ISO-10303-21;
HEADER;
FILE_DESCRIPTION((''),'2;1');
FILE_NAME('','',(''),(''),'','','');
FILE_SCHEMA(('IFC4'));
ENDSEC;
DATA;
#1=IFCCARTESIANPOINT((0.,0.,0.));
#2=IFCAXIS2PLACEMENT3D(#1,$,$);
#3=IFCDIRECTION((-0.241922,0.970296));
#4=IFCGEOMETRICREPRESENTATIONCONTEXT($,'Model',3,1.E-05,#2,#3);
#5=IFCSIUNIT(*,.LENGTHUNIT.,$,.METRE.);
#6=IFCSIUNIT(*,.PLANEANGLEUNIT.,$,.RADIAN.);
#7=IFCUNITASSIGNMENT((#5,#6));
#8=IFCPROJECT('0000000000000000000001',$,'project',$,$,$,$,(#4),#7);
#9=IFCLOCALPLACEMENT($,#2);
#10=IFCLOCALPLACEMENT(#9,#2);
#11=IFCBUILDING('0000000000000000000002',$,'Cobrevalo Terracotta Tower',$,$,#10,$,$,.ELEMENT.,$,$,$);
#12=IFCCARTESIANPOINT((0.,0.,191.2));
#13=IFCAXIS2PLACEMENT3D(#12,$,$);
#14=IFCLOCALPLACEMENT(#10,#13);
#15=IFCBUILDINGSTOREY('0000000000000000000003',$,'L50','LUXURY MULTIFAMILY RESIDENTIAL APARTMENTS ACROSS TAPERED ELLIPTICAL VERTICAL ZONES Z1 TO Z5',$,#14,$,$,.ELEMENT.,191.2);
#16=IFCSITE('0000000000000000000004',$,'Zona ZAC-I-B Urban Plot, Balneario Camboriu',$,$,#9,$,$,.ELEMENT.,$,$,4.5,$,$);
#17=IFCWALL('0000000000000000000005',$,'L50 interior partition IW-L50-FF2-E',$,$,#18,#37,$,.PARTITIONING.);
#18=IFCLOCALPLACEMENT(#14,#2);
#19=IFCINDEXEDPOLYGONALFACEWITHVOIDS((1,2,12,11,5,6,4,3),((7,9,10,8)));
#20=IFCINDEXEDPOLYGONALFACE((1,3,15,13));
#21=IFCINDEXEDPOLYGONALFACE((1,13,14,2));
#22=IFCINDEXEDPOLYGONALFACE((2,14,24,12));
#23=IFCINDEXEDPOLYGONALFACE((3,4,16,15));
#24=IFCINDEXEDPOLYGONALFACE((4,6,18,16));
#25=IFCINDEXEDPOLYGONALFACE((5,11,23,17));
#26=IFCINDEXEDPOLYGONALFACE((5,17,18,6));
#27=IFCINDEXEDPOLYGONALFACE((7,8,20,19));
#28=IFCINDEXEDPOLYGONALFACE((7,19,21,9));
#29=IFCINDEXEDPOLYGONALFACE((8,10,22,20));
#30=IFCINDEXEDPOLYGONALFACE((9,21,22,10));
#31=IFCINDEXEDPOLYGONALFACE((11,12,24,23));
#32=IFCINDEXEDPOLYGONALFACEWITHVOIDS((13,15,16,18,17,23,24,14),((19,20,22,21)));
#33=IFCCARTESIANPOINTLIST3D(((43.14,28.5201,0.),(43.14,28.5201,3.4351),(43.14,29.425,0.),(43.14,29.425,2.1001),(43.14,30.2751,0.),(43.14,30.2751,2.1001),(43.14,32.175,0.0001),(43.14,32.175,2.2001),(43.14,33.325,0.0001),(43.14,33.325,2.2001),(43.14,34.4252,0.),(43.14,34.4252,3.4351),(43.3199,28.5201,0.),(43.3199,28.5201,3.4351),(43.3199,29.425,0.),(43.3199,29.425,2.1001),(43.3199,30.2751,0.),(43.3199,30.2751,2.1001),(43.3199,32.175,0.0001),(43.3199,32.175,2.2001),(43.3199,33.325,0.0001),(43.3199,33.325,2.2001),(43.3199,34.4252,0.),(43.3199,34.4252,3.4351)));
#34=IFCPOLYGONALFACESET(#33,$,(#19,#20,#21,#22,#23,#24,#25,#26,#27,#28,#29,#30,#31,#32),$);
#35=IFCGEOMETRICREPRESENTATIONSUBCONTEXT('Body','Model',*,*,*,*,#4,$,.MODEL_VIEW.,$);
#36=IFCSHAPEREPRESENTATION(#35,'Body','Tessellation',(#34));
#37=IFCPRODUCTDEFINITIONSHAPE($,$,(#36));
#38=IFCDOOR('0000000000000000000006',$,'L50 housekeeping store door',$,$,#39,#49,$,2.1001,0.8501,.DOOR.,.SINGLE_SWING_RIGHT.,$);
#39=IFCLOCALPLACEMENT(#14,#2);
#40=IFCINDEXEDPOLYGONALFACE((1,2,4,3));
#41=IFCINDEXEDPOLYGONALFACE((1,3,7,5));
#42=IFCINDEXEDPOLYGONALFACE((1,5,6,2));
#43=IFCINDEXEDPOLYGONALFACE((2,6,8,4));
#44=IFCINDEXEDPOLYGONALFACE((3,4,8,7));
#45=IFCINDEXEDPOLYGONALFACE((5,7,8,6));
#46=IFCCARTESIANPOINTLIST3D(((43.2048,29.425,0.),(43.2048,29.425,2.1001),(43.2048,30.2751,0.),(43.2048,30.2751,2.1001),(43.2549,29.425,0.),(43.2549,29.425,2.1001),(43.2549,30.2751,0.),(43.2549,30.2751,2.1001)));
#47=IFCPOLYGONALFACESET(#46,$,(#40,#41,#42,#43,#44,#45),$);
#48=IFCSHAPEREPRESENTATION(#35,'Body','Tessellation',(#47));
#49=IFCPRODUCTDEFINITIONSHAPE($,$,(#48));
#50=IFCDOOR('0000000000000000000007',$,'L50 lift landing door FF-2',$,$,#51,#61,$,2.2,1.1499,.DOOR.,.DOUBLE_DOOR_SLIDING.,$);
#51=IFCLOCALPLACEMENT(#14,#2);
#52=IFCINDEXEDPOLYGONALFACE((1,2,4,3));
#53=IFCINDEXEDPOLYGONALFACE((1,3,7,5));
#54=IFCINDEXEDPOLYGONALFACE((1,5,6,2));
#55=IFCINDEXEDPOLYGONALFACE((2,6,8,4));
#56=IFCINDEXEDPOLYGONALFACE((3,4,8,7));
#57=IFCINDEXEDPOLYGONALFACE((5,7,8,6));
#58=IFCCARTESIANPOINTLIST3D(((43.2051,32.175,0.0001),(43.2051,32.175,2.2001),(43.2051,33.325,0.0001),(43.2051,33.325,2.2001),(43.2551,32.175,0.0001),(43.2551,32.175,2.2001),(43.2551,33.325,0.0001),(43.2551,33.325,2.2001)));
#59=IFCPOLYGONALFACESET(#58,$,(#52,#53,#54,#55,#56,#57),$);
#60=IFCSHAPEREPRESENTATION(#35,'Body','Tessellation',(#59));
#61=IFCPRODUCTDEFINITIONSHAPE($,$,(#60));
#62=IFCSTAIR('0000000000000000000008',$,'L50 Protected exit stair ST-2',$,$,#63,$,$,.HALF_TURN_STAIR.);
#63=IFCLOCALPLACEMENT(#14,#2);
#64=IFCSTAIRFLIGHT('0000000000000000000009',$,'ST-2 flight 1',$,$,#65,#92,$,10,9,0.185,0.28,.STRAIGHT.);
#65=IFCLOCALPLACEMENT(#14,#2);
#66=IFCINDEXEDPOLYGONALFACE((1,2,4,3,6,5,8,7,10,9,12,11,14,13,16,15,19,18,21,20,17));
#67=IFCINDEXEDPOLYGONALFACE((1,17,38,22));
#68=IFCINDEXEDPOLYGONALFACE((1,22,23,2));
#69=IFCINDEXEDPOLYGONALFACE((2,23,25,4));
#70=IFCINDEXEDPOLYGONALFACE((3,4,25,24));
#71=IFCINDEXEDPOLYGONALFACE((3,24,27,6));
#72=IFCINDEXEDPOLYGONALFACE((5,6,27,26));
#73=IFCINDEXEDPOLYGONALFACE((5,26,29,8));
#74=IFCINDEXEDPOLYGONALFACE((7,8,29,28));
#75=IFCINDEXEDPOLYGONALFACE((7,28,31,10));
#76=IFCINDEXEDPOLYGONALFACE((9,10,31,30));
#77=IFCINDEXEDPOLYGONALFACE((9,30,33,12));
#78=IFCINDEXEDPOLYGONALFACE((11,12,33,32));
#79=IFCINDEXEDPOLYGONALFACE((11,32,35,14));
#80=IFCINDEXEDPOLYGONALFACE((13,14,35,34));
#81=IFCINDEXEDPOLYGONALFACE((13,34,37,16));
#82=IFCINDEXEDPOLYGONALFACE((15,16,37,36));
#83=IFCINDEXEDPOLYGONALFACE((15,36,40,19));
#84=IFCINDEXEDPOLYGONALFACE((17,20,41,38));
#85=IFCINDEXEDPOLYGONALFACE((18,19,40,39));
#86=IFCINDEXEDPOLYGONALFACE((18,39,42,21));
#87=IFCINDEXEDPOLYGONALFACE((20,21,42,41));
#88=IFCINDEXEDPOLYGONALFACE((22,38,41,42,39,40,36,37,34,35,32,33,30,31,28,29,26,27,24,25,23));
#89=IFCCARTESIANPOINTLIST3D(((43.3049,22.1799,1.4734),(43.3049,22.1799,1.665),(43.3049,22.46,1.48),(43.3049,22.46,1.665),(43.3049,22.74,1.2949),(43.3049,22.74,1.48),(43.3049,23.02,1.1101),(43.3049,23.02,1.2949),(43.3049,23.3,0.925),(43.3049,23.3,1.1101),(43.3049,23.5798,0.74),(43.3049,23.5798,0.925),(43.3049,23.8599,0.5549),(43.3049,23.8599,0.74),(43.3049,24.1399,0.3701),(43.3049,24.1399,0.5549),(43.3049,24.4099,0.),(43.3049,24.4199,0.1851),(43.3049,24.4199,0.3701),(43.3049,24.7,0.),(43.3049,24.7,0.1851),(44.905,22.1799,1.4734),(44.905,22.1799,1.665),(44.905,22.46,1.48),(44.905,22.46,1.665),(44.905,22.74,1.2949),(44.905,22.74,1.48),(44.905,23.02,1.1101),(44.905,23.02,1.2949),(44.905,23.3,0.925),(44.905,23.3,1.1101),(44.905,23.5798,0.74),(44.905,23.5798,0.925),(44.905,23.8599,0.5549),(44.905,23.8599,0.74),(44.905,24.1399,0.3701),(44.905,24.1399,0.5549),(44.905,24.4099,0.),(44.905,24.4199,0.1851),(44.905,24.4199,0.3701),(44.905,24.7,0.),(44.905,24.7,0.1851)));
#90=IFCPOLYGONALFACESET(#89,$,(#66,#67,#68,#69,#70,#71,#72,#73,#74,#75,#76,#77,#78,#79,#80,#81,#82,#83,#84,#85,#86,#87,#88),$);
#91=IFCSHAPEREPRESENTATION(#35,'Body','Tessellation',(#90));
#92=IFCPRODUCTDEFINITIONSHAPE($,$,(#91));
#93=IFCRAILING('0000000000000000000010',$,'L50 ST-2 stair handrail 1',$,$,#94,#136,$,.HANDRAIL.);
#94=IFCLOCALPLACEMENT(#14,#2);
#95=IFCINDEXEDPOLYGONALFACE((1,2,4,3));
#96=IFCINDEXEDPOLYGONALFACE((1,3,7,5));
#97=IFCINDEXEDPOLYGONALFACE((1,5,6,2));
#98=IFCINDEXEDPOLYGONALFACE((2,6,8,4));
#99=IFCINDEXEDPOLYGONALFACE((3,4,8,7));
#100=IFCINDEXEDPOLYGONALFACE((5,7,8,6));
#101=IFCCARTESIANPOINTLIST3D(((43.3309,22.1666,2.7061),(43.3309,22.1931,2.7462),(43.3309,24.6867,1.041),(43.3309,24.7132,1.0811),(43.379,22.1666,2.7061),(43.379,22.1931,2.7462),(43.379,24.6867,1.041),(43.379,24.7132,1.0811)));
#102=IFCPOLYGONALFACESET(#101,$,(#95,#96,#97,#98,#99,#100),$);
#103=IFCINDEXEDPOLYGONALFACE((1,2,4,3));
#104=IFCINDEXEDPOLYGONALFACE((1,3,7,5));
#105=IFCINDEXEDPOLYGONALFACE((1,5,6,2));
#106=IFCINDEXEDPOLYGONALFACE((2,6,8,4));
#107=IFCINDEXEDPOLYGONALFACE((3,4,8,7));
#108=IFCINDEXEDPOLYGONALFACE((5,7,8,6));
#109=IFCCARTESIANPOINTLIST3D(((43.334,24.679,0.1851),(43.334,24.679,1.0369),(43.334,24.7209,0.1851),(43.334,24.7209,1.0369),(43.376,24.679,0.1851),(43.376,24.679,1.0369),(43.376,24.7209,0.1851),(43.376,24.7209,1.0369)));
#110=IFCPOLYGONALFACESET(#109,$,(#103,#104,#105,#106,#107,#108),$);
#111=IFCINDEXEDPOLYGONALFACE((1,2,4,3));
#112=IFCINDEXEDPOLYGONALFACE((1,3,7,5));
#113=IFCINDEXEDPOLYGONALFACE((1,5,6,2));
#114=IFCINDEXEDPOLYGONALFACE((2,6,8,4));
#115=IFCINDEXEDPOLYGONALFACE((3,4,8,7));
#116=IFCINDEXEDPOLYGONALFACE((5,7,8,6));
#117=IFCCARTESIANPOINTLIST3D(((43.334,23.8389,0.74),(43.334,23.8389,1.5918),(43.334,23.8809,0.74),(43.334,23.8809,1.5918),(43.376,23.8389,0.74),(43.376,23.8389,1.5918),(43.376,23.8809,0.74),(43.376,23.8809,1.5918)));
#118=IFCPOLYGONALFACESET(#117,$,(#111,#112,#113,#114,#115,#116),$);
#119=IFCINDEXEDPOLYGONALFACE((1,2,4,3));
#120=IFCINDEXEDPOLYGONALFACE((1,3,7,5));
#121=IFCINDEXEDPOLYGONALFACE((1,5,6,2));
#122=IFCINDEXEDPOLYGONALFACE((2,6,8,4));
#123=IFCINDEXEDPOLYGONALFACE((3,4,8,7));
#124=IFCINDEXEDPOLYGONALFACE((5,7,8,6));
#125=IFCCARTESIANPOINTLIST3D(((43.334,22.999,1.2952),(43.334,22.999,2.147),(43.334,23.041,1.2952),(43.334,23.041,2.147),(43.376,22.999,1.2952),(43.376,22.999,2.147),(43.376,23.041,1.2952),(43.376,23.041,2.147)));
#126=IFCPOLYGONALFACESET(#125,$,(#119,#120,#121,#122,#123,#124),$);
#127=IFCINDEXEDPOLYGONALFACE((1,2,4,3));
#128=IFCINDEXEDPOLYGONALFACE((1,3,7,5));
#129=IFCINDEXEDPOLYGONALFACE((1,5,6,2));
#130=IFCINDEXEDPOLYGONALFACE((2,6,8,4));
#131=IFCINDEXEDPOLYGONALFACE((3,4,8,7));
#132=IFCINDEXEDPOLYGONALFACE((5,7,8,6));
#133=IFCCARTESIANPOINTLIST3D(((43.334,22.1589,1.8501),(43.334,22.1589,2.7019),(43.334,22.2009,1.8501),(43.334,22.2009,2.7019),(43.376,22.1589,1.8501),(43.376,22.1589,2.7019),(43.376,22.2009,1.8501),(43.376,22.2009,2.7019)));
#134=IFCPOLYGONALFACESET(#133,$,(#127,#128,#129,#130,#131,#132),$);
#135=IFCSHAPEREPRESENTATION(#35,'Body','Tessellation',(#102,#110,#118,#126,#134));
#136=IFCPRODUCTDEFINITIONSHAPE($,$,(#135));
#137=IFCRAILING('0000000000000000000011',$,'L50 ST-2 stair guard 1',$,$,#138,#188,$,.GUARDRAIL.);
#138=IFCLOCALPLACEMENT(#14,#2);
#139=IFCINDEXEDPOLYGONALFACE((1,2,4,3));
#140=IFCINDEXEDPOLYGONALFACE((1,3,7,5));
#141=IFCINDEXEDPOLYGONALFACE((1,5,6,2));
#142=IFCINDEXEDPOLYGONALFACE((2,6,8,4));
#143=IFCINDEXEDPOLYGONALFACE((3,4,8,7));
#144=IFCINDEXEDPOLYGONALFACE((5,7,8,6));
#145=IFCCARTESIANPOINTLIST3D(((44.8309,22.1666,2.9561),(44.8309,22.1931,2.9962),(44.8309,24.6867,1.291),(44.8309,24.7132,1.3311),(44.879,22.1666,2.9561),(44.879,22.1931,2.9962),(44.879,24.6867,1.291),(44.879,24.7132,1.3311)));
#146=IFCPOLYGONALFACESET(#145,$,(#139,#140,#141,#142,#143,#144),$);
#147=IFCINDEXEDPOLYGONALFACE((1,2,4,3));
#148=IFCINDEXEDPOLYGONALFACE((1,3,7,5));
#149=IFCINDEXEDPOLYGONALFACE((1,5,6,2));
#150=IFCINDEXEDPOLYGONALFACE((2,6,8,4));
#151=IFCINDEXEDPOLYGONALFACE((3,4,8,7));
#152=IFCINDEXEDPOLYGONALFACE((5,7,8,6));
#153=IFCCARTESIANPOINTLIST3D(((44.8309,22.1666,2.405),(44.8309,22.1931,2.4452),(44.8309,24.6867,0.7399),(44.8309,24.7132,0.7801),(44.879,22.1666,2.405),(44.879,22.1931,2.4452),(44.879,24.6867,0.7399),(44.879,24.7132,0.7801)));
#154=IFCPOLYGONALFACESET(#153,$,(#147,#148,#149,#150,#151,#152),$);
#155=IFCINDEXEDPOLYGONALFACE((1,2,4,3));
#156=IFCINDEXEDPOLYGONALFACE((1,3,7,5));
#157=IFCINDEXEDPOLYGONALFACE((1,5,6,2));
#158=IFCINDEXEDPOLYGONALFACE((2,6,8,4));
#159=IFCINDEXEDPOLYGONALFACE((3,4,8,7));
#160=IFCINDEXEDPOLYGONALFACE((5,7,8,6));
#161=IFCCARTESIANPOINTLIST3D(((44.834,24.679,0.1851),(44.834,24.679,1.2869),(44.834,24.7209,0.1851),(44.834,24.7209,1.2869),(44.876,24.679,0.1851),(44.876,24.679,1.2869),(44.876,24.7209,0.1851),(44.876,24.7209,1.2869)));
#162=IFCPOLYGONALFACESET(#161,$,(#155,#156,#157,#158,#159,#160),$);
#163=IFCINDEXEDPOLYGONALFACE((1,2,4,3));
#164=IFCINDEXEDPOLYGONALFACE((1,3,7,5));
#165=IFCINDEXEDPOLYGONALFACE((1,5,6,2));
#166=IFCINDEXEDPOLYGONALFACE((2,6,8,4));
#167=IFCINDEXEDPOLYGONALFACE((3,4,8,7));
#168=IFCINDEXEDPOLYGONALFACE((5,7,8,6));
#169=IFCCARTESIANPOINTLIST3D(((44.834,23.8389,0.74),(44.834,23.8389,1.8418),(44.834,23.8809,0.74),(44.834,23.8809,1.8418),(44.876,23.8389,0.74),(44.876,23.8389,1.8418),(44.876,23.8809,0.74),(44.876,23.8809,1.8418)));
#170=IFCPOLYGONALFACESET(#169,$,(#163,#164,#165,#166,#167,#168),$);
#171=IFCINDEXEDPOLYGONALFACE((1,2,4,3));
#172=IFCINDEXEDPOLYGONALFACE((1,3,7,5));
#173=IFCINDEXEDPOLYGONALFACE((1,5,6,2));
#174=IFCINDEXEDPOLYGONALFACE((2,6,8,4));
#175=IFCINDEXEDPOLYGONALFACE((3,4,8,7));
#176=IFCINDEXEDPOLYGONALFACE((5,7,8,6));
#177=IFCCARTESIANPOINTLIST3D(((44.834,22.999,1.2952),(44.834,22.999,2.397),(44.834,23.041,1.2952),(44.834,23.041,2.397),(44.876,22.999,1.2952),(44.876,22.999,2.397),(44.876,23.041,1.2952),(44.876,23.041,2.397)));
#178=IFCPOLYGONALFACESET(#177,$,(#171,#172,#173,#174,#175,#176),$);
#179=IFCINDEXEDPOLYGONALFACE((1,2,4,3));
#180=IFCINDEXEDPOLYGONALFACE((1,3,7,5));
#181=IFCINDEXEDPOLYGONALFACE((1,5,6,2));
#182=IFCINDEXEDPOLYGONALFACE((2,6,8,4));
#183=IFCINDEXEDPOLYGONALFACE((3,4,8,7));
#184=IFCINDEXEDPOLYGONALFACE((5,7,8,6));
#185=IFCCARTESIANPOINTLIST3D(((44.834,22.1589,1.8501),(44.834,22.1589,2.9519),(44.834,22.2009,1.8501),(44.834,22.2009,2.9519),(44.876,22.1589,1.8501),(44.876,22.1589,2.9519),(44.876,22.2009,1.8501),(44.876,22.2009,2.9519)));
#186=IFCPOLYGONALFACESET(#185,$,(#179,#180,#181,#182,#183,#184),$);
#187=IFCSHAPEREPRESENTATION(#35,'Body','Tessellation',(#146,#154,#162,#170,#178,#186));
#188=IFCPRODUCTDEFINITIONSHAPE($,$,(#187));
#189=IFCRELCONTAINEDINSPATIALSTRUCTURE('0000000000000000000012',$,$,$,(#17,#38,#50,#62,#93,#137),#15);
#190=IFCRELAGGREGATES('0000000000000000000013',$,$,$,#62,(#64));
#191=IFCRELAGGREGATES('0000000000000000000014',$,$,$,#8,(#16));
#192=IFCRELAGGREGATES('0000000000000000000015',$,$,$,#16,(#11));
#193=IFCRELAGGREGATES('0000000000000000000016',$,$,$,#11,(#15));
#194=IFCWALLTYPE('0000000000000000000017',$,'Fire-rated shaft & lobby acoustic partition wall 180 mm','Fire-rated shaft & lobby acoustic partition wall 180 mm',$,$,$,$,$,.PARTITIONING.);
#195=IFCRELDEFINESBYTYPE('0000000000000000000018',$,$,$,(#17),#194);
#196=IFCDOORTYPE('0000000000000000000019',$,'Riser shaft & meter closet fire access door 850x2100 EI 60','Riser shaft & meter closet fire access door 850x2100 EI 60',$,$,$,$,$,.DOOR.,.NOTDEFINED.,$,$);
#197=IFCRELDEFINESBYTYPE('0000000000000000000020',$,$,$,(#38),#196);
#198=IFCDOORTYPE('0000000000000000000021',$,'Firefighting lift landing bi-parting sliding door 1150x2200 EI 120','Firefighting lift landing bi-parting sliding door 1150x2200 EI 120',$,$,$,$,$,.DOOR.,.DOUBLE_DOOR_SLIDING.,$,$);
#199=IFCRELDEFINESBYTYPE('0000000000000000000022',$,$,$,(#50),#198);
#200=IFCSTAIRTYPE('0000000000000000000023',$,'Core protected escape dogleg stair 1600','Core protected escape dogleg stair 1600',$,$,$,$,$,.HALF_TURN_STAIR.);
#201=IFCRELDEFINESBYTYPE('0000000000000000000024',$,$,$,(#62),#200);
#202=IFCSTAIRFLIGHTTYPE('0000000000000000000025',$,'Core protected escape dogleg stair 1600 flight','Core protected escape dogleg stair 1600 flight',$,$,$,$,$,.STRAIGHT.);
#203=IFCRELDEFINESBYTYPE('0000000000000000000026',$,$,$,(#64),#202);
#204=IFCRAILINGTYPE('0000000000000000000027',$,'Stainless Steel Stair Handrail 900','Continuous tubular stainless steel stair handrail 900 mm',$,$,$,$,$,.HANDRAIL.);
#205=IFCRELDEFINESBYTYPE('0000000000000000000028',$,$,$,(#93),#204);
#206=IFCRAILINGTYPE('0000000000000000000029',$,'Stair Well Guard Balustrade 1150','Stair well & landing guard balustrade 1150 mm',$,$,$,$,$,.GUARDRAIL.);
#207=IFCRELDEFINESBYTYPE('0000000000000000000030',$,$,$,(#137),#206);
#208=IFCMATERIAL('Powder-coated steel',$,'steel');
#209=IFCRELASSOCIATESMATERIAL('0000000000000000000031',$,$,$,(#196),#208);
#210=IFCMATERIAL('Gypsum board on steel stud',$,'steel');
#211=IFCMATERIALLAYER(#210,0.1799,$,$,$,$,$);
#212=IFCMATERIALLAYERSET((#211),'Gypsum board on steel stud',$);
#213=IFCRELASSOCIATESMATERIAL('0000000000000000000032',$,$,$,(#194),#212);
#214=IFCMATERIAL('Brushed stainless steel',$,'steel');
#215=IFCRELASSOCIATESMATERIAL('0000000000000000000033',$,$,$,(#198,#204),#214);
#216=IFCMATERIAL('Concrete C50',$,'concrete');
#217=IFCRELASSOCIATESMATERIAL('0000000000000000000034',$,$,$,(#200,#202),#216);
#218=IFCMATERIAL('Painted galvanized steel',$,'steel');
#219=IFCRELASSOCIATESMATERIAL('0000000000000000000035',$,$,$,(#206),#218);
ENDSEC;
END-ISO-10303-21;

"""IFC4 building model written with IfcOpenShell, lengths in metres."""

from ifc_helpers import new_model, si_unit, direction, frame, frame_2d, origin, origin_2d, place, context, subcontext, project, spatial, polyline, rectangle, outline, extrude, source, transform, mapped, material, layer, layer_set, type_object, element, fill, aggregate, save


model = new_model("IFC4")

# Units and contexts
model_context = context("Model", 3, precision=1e-05, world=origin(), true_north=direction((-0.241922, 0.970296)))
body_context = subcontext(model_context, "Body", "Model", "MODEL_VIEW")
ifc_project = project(units=[si_unit("LENGTHUNIT", "METRE"), si_unit("PLANEANGLEUNIT", "RADIAN")], contexts=[model_context])

# Site, building, storey
site_placement = place(None, origin())
site = spatial("IfcSite", under=ifc_project, at=site_placement, Name="Zona ZAC-I-B Urban Plot, Balneario Camboriu", CompositionType="ELEMENT", RefElevation=4.5)
building_placement = place(site_placement, origin())
building = spatial("IfcBuilding", under=site, at=building_placement, Name="Cobrevalo Terracotta Tower", CompositionType="ELEMENT")
storey_placement = place(building_placement, frame((0.0, 0.0, 191.2)))
storey = spatial("IfcBuildingStorey", under=building, at=storey_placement, Name="L50", Description="LUXURY MULTIFAMILY RESIDENTIAL APARTMENTS ACROSS TAPERED ELLIPTICAL VERTICAL ZONES Z1 TO Z5", CompositionType="ELEMENT", Elevation=191.2)

# Shared definitions
ifc_material_1 = material(Name="Gypsum board on steel stud", Category="steel")

# Shared definitions
ifc_material_2 = material(Name="Powder-coated steel", Category="steel")
door_type_1 = type_object("IfcDoorType", Name="Riser shaft & meter closet fire access door 850x2100 EI 60", Description="Riser shaft & meter closet fire access door 850x2100 EI 60", OperationType="NOTDEFINED", PredefinedType="DOOR", material=ifc_material_2)
shared_shape_1 = source(origin(), body_context, "Body", "SweptSolid", [
    extrude(rectangle(XDim=0.8501, YDim=2.1001, at=frame_2d((0.425, 1.05))), frame((0.0, 0.0249, 0.0), z_axis=(0.0, -1.0, 0.0), x_axis=(1.0, 0.0, 0.0)), (0.0, 0.0, 1.0), 0.05),
])

# Shared definitions
ifc_material_3 = material(Name="Brushed stainless steel", Category="steel")

# Shared definitions
ifc_layer_1 = layer(ifc_material_1, 0.1799)
ifc_layer_set_1 = layer_set([ifc_layer_1], Name="Gypsum board on steel stud")
wall_type_1 = type_object("IfcWallType", Name="Fire-rated shaft & lobby acoustic partition wall 180 mm", Description="Fire-rated shaft & lobby acoustic partition wall 180 mm", PredefinedType="PARTITIONING", material=ifc_layer_set_1)

# Wall, openings, doors
wall_1_placement = place(storey_placement, frame((43.23, 28.52, 0.0), z_axis=(0.0, 0.0, 1.0), x_axis=(0.0, 1.0, 0.0)))
wall_1 = element("IfcWall", 1, at=wall_1_placement, inside=storey, type_object=wall_type_1, Name="L50 interior partition IW-L50-FF2-E", PredefinedType="PARTITIONING", context=body_context, shape_type="SweptSolid", body=[
    extrude(rectangle(XDim=5.905, YDim=0.1799, at=frame_2d((2.9526, 0.0))), origin(), (0.0, 0.0, 1.0), 3.4351),
])
opening_1_placement = place(wall_1_placement, frame((0.905, 0.0, 0.0)))
opening_1 = element("IfcOpeningElement", 2, at=opening_1_placement, cuts=wall_1, PredefinedType="OPENING", context=body_context, shape_type="SweptSolid", body=[
    extrude(rectangle(XDim=0.8501, YDim=2.1001, at=frame_2d((0.425, 1.05))), frame((0.0, 0.1001, 0.0), z_axis=(0.0, -1.0, 0.0), x_axis=(1.0, 0.0, 0.0)), (0.0, 0.0, 1.0), 0.2),
])
opening_2_placement = place(wall_1_placement, frame((3.655, 0.0, 0.0)))
opening_2 = element("IfcOpeningElement", 3, at=opening_2_placement, cuts=wall_1, PredefinedType="OPENING", context=body_context, shape_type="SweptSolid", body=[
    extrude(rectangle(XDim=1.1499, YDim=2.2, at=frame_2d((0.575, 1.1001))), frame((0.0, 0.1001, 0.0), z_axis=(0.0, -1.0, 0.0), x_axis=(1.0, 0.0, 0.0)), (0.0, 0.0, 1.0), 0.2),
])
door_1_placement = place(opening_1_placement, frame((0.8501, 0.0, 0.0), z_axis=(0.0, 0.0, 1.0), x_axis=(-1.0, 0.0, 0.0)))
door_1 = element("IfcDoor", 4, at=door_1_placement, inside=storey, type_object=door_type_1, Name="L50 housekeeping store door", OperationType="SINGLE_SWING_RIGHT", OverallHeight=2.1001, OverallWidth=0.8501, PredefinedType="DOOR", context=body_context, shape_type="MappedRepresentation", body=[
    mapped(shared_shape_1, transform((0.0, 0.0, 0.0), scale=1.0)),
])
fill(opening_1, door_1)
door_type_2 = type_object("IfcDoorType", Name="Firefighting lift landing bi-parting sliding door 1150x2200 EI 120", Description="Firefighting lift landing bi-parting sliding door 1150x2200 EI 120", OperationType="DOUBLE_DOOR_SLIDING", PredefinedType="DOOR", material=ifc_material_3)
shared_shape_2 = source(origin(), body_context, "Body", "SweptSolid", [
    extrude(rectangle(XDim=1.1499, YDim=2.2, at=frame_2d((0.575, 1.1001))), frame((0.0, 0.0249, 0.0), z_axis=(0.0, -1.0, 0.0), x_axis=(1.0, 0.0, 0.0)), (0.0, 0.0, 1.0), 0.05),
])
door_2_placement = place(opening_2_placement, origin())
door_2 = element("IfcDoor", 5, at=door_2_placement, inside=storey, type_object=door_type_2, Name="L50 lift landing door FF-2", OperationType="DOUBLE_DOOR_SLIDING", OverallHeight=2.2, OverallWidth=1.1499, PredefinedType="DOOR", context=body_context, shape_type="MappedRepresentation", body=[
    mapped(shared_shape_2, transform((0.0, 0.0, 0.0), scale=1.0)),
])
fill(opening_2, door_2)

# Shared definitions
ifc_material_4 = material(Name="Concrete C50", Category="concrete")

# Stair, stair flight
stair_type = type_object("IfcStairType", Name="Core protected escape dogleg stair 1600", Description="Core protected escape dogleg stair 1600", PredefinedType="HALF_TURN_STAIR", material=ifc_material_4)
stair_placement = place(storey_placement, origin())
stair = element("IfcStair", 6, at=stair_placement, inside=storey, type_object=stair_type, Name="L50 Protected exit stair ST-2", PredefinedType="HALF_TURN_STAIR")
stair_flight_type = type_object("IfcStairFlightType", Name="Core protected escape dogleg stair 1600 flight", Description="Core protected escape dogleg stair 1600 flight", PredefinedType="STRAIGHT", material=ifc_material_4)
stair_flight_placement = place(storey_placement, frame((44.105, 24.7, 0.0), z_axis=(0.0, 0.0, 1.0), x_axis=(0.0, -1.0, 0.0)))
stair_flight = element("IfcStairFlight", 7, at=stair_flight_placement, type_object=stair_flight_type, Name="ST-2 flight 1", NumberOfRisers=10, NumberOfTreads=9, PredefinedType="STRAIGHT", RiserHeight=0.185, TreadLength=0.28, context=body_context, shape_type="SweptSolid", body=[
    extrude(outline(polyline([(0.0, 0.0), (0.0, 0.1851), (0.28, 0.1851), (0.28, 0.3701), (0.5601, 0.3701), (0.5601, 0.5549), (0.8401, 0.5549), (0.8401, 0.74), (1.1201, 0.74), (1.1201, 0.925), (1.3999, 0.925), (1.3999, 1.1101), (1.6799, 1.1101), (1.6799, 1.2949), (1.96, 1.2949), (1.96, 1.48), (2.24, 1.48), (2.24, 1.665), (2.52, 1.665), (2.52, 1.8501), (2.52, 1.4734), (0.29, 0.0), (0.0, 0.0)])), frame((0.0, 0.8, 0.0), z_axis=(0.0, -1.0, 0.0), x_axis=(1.0, 0.0, 0.0)), (0.0, 0.0, 1.0), 1.6001),
])
aggregate(stair, [stair_flight])

# Railings
railing_type_1 = type_object("IfcRailingType", Name="Stainless Steel Stair Handrail 900", Description="Continuous tubular stainless steel stair handrail 900 mm", PredefinedType="HANDRAIL", material=ifc_material_3)
railing_1_placement = place(storey_placement, frame((43.355, 24.7, 0.1851)))
element("IfcRailing", 8, at=railing_1_placement, inside=storey, type_object=railing_type_1, Name="L50 ST-2 stair handrail 1", PredefinedType="HANDRAIL", context=body_context, shape_type="SweptSolid", body=[
    extrude(rectangle(XDim=0.0481, YDim=0.0481, at=origin_2d()), frame((0.0, 0.0, 0.876), z_axis=(0.0, -0.834331, 0.551263), x_axis=(1.0, 0.0, 0.0)), (0.0, 0.0, 1.0), 3.0205),
    extrude(rectangle(XDim=0.042, YDim=0.042, at=origin_2d()), origin(), (0.0, 0.0, 1.0), 0.8518),
    extrude(rectangle(XDim=0.042, YDim=0.042, at=origin_2d()), frame((0.0, -0.8401, 0.5549)), (0.0, 0.0, 1.0), 0.8518),
    extrude(rectangle(XDim=0.042, YDim=0.042, at=origin_2d()), frame((0.0, -1.6799, 1.1101)), (0.0, 0.0, 1.0), 0.8518),
    extrude(rectangle(XDim=0.042, YDim=0.042, at=origin_2d()), frame((0.0, -2.52, 1.665)), (0.0, 0.0, 1.0), 0.8518),
])
ifc_material_5 = material(Name="Painted galvanized steel", Category="steel")
railing_type_2 = type_object("IfcRailingType", Name="Stair Well Guard Balustrade 1150", Description="Stair well & landing guard balustrade 1150 mm", PredefinedType="GUARDRAIL", material=ifc_material_5)
railing_2_placement = place(storey_placement, frame((44.855, 24.7, 0.1851)))
element("IfcRailing", 9, at=railing_2_placement, inside=storey, type_object=railing_type_2, Name="L50 ST-2 stair guard 1", PredefinedType="GUARDRAIL", context=body_context, shape_type="SweptSolid", body=[
    extrude(rectangle(XDim=0.0481, YDim=0.0481, at=origin_2d()), frame((0.0, 0.0, 1.126), z_axis=(0.0, -0.834331, 0.551263), x_axis=(1.0, 0.0, 0.0)), (0.0, 0.0, 1.0), 3.0205),
    extrude(rectangle(XDim=0.0481, YDim=0.0481, at=origin_2d()), frame((0.0, 0.0, 0.575), z_axis=(0.0, -0.834331, 0.551263), x_axis=(1.0, 0.0, 0.0)), (0.0, 0.0, 1.0), 3.0205),
    extrude(rectangle(XDim=0.042, YDim=0.042, at=origin_2d()), origin(), (0.0, 0.0, 1.0), 1.1018),
    extrude(rectangle(XDim=0.042, YDim=0.042, at=origin_2d()), frame((0.0, -0.8401, 0.5549)), (0.0, 0.0, 1.0), 1.1018),
    extrude(rectangle(XDim=0.042, YDim=0.042, at=origin_2d()), frame((0.0, -1.6799, 1.1101)), (0.0, 0.0, 1.0), 1.1018),
    extrude(rectangle(XDim=0.042, YDim=0.042, at=origin_2d()), frame((0.0, -2.52, 1.665)), (0.0, 0.0, 1.0), 1.1018),
])

save(model, "model.ifc")
